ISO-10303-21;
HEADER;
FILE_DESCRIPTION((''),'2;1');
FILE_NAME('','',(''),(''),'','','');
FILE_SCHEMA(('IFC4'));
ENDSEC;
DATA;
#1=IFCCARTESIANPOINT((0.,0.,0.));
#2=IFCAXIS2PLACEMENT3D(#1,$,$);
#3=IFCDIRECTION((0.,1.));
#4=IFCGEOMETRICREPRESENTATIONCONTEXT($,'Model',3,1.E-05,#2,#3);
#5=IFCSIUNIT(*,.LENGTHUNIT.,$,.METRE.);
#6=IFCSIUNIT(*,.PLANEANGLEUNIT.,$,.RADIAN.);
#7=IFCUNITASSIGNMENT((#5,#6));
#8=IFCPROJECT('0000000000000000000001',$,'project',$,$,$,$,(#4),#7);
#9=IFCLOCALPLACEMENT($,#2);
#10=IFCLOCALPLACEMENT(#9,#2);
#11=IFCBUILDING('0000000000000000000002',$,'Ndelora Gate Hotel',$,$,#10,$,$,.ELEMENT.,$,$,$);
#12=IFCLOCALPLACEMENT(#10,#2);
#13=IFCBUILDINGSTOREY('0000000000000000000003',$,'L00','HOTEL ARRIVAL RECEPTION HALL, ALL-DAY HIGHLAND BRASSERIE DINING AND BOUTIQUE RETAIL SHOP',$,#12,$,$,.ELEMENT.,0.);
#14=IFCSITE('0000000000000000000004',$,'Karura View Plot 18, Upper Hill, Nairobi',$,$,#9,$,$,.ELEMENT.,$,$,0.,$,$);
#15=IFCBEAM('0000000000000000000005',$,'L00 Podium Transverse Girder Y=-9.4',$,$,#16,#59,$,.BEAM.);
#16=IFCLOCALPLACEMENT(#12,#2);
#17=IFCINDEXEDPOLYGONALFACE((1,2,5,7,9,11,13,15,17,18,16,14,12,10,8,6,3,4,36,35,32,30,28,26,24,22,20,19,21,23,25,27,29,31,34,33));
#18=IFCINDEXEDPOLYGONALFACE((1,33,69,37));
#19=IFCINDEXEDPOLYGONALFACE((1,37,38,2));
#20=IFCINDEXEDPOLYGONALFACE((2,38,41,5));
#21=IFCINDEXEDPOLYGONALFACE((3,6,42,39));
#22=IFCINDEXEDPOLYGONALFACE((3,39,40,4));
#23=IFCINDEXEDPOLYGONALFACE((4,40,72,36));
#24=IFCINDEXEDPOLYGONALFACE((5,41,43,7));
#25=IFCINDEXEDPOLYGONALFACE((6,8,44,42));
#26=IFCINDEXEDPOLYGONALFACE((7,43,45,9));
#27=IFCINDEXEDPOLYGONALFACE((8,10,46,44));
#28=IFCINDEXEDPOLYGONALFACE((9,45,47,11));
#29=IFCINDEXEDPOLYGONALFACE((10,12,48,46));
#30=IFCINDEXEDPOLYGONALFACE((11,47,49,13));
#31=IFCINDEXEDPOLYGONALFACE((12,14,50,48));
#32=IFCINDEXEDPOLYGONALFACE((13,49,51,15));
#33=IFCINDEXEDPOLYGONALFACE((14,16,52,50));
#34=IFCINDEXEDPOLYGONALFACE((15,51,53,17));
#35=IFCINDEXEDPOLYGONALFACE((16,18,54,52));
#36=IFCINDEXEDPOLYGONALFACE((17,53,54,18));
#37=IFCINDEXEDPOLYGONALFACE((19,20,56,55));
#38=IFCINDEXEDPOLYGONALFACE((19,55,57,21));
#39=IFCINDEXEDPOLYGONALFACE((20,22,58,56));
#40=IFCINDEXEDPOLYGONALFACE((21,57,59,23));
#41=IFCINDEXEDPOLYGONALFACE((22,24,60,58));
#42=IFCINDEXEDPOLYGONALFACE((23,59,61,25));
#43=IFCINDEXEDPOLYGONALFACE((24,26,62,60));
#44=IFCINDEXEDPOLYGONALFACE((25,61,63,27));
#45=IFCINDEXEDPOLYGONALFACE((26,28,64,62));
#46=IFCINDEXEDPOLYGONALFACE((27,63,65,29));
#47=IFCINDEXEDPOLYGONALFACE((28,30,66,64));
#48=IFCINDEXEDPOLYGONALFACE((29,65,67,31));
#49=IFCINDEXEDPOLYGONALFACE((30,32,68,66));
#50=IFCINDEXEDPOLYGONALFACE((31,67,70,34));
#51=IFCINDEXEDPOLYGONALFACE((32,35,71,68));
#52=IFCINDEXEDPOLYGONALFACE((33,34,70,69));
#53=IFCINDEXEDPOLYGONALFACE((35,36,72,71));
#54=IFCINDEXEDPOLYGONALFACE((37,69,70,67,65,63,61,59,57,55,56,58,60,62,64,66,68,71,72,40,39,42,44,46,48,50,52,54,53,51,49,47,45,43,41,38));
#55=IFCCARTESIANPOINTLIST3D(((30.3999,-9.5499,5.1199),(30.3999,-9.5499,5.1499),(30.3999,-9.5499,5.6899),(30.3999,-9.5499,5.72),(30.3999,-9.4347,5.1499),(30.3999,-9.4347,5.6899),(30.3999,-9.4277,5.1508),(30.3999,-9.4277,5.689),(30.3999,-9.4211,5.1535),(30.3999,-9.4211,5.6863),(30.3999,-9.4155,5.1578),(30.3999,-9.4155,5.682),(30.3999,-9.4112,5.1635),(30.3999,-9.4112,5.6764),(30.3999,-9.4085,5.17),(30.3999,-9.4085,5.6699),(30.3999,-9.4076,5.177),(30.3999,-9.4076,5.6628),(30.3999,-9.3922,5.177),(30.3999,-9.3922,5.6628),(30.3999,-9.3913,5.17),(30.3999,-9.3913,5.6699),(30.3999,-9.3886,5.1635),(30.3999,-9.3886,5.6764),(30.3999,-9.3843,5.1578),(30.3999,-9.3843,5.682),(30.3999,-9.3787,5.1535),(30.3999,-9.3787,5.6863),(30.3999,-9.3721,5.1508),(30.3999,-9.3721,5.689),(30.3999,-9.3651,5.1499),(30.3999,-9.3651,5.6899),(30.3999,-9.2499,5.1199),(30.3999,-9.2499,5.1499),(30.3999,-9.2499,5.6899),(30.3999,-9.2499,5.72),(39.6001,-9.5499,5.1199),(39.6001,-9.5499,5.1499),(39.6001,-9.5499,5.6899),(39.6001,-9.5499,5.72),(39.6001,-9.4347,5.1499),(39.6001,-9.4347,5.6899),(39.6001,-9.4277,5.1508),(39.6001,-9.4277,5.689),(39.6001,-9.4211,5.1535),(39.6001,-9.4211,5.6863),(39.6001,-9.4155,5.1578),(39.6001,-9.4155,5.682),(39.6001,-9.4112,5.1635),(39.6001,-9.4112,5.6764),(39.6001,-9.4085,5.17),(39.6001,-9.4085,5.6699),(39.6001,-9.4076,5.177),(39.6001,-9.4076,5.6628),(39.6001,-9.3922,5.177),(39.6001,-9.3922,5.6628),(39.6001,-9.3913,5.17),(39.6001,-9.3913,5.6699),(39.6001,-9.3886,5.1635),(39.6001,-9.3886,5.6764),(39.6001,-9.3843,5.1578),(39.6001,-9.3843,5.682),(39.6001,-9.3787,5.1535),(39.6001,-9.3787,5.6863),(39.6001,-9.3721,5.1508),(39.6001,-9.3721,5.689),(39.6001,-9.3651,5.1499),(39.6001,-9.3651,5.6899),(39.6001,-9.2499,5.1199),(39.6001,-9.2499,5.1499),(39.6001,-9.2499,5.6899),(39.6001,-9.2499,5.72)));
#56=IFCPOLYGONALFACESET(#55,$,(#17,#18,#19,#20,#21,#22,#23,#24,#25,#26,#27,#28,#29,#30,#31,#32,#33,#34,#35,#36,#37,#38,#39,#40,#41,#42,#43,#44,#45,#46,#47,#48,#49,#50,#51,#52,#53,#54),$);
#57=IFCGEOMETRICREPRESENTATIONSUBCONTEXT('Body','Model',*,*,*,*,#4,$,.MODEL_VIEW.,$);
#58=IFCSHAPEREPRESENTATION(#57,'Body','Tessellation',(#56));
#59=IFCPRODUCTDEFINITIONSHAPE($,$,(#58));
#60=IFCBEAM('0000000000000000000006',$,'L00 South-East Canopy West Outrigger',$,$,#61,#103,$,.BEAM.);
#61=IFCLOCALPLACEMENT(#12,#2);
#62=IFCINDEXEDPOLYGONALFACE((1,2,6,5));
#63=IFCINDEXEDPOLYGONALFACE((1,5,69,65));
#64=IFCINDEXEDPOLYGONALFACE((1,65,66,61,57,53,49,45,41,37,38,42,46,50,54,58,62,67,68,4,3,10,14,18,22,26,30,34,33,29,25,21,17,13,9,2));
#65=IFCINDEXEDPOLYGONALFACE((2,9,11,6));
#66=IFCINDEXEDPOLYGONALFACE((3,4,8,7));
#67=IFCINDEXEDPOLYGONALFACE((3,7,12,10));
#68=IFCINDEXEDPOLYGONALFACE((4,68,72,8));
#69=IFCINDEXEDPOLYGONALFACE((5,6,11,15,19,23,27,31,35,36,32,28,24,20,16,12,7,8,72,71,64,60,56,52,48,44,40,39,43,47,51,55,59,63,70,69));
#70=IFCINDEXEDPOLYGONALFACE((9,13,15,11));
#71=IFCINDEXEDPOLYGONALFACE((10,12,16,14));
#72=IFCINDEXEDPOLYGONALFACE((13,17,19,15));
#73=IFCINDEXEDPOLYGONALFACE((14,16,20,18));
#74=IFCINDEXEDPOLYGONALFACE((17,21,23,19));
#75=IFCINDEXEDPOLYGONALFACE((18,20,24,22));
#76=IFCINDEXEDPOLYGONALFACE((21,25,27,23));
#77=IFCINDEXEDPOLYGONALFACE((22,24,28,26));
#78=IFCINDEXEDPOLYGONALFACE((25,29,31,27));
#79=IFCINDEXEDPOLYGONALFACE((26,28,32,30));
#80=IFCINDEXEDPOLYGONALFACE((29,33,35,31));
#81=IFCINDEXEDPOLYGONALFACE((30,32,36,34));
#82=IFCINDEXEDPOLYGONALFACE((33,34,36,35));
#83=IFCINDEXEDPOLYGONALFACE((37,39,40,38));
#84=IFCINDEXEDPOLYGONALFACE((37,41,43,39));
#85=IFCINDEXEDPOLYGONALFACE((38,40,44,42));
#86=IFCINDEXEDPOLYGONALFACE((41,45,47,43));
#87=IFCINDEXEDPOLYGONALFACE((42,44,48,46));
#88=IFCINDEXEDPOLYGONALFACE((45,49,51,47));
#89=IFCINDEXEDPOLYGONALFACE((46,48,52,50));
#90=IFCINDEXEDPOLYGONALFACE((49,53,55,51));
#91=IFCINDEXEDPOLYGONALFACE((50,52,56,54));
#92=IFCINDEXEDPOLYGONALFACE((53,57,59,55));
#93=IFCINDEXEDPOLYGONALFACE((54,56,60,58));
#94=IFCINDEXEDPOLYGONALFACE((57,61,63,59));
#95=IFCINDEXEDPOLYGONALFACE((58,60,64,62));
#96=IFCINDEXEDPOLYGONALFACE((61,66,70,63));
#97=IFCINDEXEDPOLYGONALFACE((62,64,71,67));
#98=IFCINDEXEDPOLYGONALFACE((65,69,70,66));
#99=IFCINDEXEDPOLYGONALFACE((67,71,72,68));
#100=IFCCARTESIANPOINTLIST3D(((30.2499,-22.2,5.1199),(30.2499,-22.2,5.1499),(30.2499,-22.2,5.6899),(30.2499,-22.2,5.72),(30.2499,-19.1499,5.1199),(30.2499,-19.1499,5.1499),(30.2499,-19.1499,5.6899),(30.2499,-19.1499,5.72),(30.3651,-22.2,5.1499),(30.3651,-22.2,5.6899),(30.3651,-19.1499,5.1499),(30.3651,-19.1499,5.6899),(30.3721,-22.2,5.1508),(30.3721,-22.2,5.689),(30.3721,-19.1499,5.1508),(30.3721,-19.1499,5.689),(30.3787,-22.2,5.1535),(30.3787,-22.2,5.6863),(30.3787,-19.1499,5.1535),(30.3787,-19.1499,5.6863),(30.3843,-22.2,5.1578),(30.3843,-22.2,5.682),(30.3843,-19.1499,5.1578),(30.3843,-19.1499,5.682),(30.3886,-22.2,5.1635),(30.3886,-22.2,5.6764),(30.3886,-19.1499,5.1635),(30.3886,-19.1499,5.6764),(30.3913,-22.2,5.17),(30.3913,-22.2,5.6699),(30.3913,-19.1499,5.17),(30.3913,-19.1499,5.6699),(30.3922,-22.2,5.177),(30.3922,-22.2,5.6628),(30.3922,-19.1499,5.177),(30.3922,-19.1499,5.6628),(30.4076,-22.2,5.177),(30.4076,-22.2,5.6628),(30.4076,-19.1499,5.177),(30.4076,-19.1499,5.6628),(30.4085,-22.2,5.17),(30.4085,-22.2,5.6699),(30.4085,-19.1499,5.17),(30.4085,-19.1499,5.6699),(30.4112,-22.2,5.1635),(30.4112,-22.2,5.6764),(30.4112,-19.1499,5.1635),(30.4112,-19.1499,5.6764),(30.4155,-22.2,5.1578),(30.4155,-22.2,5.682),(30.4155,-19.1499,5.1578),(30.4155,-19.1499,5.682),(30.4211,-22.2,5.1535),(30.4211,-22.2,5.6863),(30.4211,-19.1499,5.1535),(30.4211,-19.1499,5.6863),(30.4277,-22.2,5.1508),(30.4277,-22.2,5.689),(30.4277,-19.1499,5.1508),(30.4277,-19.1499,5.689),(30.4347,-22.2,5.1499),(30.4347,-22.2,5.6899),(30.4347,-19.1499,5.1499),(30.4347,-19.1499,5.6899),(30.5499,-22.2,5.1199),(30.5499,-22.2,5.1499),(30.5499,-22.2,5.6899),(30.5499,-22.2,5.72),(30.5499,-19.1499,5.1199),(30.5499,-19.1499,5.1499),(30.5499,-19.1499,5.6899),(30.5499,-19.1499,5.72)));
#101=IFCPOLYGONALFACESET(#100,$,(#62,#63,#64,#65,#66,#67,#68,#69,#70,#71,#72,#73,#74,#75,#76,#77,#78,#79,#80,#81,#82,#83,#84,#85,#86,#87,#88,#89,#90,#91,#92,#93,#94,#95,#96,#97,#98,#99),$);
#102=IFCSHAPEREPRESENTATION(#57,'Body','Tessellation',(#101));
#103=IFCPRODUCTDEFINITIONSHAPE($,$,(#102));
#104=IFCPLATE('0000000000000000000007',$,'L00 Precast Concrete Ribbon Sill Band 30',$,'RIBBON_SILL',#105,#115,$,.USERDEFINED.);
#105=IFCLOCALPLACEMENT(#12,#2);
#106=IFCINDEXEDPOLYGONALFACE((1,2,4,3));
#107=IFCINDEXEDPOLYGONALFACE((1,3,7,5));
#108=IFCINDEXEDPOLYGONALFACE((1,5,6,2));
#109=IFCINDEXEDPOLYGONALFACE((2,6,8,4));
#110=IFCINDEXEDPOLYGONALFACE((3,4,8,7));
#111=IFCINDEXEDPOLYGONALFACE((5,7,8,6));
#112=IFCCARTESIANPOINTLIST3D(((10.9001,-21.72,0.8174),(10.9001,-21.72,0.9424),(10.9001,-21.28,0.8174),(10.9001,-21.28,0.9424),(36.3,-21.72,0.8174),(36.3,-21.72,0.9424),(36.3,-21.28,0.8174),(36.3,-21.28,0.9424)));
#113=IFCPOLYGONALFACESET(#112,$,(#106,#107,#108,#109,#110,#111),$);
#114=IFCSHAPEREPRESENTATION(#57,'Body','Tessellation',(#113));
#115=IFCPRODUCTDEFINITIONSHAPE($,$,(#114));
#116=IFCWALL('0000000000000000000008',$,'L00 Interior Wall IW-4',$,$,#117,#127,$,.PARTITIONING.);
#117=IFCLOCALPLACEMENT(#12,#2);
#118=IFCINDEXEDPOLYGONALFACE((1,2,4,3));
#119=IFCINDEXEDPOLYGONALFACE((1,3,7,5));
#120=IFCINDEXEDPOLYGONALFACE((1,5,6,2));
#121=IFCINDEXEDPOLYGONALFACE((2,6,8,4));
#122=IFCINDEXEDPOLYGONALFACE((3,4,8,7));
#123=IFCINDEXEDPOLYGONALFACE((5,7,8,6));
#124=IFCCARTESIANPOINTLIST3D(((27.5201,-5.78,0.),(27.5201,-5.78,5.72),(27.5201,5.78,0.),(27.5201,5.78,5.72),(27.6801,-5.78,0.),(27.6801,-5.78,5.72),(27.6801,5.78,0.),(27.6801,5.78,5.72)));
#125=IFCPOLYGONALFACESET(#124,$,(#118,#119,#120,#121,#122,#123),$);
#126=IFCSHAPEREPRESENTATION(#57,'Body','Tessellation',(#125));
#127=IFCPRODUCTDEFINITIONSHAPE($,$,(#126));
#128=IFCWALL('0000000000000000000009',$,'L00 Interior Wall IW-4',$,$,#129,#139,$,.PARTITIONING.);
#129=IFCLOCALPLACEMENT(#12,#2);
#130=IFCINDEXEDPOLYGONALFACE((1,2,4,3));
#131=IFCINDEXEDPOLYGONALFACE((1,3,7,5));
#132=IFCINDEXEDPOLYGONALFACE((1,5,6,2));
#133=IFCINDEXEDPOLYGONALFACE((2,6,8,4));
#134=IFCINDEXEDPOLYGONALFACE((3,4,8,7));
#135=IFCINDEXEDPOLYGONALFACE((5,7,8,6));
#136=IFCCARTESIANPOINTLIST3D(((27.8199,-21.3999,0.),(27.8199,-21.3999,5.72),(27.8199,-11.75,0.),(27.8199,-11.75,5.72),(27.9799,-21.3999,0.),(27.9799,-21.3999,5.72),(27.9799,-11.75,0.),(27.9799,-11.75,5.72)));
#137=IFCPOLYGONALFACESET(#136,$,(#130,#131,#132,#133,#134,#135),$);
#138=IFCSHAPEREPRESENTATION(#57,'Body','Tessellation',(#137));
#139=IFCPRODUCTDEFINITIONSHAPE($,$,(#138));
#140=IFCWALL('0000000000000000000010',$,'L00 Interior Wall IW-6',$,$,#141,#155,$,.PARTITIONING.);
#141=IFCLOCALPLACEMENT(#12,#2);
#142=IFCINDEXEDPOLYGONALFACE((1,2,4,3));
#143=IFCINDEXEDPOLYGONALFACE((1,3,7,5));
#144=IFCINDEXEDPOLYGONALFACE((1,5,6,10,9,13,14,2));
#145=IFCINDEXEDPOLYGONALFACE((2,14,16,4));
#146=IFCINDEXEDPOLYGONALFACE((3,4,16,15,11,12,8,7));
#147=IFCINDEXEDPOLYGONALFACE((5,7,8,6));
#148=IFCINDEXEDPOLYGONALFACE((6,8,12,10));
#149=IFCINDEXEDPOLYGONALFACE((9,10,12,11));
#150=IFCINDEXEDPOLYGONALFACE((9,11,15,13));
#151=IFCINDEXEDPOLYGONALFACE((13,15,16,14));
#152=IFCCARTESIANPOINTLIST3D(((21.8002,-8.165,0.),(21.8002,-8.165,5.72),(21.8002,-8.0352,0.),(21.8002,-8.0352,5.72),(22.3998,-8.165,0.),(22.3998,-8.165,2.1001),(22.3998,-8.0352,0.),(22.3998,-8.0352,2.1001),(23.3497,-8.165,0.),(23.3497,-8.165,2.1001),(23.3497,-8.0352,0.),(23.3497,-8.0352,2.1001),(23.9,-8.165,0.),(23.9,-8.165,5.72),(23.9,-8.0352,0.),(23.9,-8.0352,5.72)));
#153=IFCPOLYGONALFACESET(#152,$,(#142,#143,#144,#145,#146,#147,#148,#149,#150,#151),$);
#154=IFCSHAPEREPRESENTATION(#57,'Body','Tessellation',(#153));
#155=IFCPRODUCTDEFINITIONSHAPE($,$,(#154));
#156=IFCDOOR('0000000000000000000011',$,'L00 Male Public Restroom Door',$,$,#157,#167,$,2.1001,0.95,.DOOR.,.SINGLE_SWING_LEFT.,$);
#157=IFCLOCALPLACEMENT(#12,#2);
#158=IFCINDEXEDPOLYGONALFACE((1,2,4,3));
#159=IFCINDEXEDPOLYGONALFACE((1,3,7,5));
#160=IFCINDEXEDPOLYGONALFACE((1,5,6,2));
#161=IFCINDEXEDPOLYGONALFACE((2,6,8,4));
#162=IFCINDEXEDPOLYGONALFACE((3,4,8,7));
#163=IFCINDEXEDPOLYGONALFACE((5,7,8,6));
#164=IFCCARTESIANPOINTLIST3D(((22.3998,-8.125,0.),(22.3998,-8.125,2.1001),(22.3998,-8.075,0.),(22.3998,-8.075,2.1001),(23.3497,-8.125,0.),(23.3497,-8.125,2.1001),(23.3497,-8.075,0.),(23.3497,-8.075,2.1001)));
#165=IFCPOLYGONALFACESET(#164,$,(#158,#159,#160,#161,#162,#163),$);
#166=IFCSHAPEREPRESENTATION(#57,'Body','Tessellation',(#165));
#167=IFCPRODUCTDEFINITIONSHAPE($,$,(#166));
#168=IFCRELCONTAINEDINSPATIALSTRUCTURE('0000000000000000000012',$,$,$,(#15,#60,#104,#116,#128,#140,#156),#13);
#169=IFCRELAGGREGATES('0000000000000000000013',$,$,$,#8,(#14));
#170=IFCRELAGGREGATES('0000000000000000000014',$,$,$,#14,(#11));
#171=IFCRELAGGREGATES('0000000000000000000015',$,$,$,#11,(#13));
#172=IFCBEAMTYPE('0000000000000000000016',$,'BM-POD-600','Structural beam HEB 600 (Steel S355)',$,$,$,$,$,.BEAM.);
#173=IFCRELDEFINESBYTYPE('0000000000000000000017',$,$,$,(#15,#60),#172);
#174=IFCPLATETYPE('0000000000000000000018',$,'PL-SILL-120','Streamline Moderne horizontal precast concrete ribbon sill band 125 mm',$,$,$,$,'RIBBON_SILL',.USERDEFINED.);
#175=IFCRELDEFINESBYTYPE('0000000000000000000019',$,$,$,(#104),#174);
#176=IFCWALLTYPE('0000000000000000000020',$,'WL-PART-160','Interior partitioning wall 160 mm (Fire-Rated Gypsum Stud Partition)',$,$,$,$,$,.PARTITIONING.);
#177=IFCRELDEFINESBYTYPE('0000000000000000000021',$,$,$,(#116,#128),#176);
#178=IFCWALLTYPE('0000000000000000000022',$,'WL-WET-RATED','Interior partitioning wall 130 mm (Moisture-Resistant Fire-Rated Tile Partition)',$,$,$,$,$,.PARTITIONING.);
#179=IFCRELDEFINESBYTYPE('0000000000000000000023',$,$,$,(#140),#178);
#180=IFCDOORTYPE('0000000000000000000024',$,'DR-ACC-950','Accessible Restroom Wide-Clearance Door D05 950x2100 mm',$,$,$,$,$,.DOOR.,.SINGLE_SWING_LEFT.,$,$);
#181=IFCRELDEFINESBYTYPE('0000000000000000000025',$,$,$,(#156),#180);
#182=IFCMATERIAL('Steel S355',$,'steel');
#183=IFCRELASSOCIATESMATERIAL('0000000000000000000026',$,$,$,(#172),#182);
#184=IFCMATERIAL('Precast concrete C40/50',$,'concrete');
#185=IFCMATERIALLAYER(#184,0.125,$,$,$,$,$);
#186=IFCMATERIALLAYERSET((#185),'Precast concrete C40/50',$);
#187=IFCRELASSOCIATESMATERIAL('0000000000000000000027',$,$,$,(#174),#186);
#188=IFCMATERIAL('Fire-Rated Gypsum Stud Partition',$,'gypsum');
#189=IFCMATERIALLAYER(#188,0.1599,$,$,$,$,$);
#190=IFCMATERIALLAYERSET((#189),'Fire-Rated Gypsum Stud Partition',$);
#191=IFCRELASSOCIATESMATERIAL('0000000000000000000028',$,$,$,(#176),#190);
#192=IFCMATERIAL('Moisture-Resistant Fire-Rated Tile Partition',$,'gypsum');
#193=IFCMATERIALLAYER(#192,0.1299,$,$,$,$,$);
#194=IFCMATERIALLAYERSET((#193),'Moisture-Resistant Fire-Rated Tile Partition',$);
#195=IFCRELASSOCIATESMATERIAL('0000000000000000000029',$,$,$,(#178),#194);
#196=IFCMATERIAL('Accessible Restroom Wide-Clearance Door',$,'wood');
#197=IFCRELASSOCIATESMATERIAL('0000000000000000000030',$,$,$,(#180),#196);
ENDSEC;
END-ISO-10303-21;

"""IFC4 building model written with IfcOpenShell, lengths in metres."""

from ifc_helpers import new_model, si_unit, direction, frame, frame_2d, origin, origin_2d, place, context, subcontext, project, spatial, rectangle, i_section, extrude, material, layer, layer_set, material_profile, profile_set, type_object, element, fill, save


model = new_model("IFC4")

# Units and contexts
model_context = context("Model", 3, precision=1e-05, world=origin(), true_north=direction((0.0, 1.0)))
body_context = subcontext(model_context, "Body", "Model", "MODEL_VIEW")
ifc_project = project(units=[si_unit("LENGTHUNIT", "METRE"), si_unit("PLANEANGLEUNIT", "RADIAN")], contexts=[model_context])

# Site, building, storey
site_placement = place(None, origin())
site = spatial("IfcSite", under=ifc_project, at=site_placement, Name="Karura View Plot 18, Upper Hill, Nairobi", CompositionType="ELEMENT", RefElevation=0.0)
building_placement = place(site_placement, origin())
building = spatial("IfcBuilding", under=site, at=building_placement, Name="Ndelora Gate Hotel", CompositionType="ELEMENT")
storey_placement = place(building_placement, origin())
storey = spatial("IfcBuildingStorey", under=building, at=storey_placement, Name="L00", Description="HOTEL ARRIVAL RECEPTION HALL, ALL-DAY HIGHLAND BRASSERIE DINING AND BOUTIQUE RETAIL SHOP", CompositionType="ELEMENT", Elevation=0.0)

# Beams
ifc_material_1 = material(Name="Steel S355", Category="steel")
ifc_material_profile_1 = material_profile(ifc_material_1, i_section(OverallWidth=0.3, OverallDepth=0.6001, WebThickness=0.0154, FlangeThickness=0.03, FilletRadius=0.0271, at=origin_2d()), Name="HEB 600")
ifc_profile_set_1 = profile_set([ifc_material_profile_1], Name="Steel S355")
beam_type = type_object("IfcBeamType", Name="BM-POD-600", Description="Structural beam HEB 600 (Steel S355)", PredefinedType="BEAM", material=ifc_profile_set_1)
for number, where, z_axis, x_axis, name in (
    (1, (30.3999, -9.3999, 5.4199), (1.0, 0.0, 0.0), (0.0, 1.0, 0.0), "L00 Podium Transverse Girder Y=-9.4"),
):
    element("IfcBeam", number, at=place(storey_placement, frame(where, z_axis=z_axis, x_axis=x_axis)), inside=storey, type_object=beam_type, Name=name, PredefinedType="BEAM", context=body_context, shape_type="SweptSolid", body=[
        extrude(i_section(OverallWidth=0.3, OverallDepth=0.6001, WebThickness=0.0154, FlangeThickness=0.03, FilletRadius=0.0271, at=origin_2d()), origin(), (0.0, 0.0, 1.0), 9.2002),
    ])
beam_1_placement = place(storey_placement, frame((30.3999, -19.1499, 5.4199), z_axis=(0.0, -1.0, 0.0), x_axis=(1.0, 0.0, 0.0)))
element("IfcBeam", 2, at=beam_1_placement, inside=storey, type_object=beam_type, Name="L00 South-East Canopy West Outrigger", PredefinedType="BEAM", context=body_context, shape_type="SweptSolid", body=[
    extrude(i_section(OverallWidth=0.3, OverallDepth=0.6001, WebThickness=0.0154, FlangeThickness=0.03, FilletRadius=0.0271, at=origin_2d()), origin(), (0.0, 0.0, 1.0), 3.05),
])

# Plate
ifc_material_2 = material(Name="Precast concrete C40/50", Category="concrete")
ifc_layer_1 = layer(ifc_material_2, 0.125)
ifc_layer_set_1 = layer_set([ifc_layer_1], Name="Precast concrete C40/50")
plate_type = type_object("IfcPlateType", Name="PL-SILL-120", Description="Streamline Moderne horizontal precast concrete ribbon sill band 125 mm", ElementType="RIBBON_SILL", PredefinedType="USERDEFINED", material=ifc_layer_set_1)
plate_placement = place(storey_placement, frame((23.6001, -21.5, 0.8174), z_axis=(0.0, 0.0, 1.0), x_axis=(1.0, 0.0, 0.0)))
element("IfcPlate", 3, at=plate_placement, inside=storey, type_object=plate_type, Name="L00 Precast Concrete Ribbon Sill Band 30", ObjectType="RIBBON_SILL", PredefinedType="USERDEFINED", context=body_context, shape_type="SweptSolid", body=[
    extrude(rectangle(XDim=25.3999, YDim=0.4399, at=origin_2d()), origin(), (0.0, 0.0, 1.0), 0.125),
])

# Walls
ifc_material_3 = material(Name="Fire-Rated Gypsum Stud Partition", Category="gypsum")
ifc_layer_2 = layer(ifc_material_3, 0.1599)
ifc_layer_set_2 = layer_set([ifc_layer_2], Name="Fire-Rated Gypsum Stud Partition")
wall_type_1 = type_object("IfcWallType", Name="WL-PART-160", Description="Interior partitioning wall 160 mm (Fire-Rated Gypsum Stud Partition)", PredefinedType="PARTITIONING", material=ifc_layer_set_2)
wall_1_placement = place(storey_placement, frame((27.6001, -5.78, 0.0), z_axis=(0.0, 0.0, 1.0), x_axis=(0.0, 1.0, 0.0)))
element("IfcWall", 4, at=wall_1_placement, inside=storey, type_object=wall_type_1, Name="L00 Interior Wall IW-4", PredefinedType="PARTITIONING", context=body_context, shape_type="SweptSolid", body=[
    extrude(rectangle(XDim=11.5601, YDim=0.1599, at=frame_2d((5.78, 0.0))), origin(), (0.0, 0.0, 1.0), 5.72),
])
wall_2_placement = place(storey_placement, frame((27.8999, -21.3999, 0.0), z_axis=(0.0, 0.0, 1.0), x_axis=(0.0, 1.0, 0.0)))
element("IfcWall", 5, at=wall_2_placement, inside=storey, type_object=wall_type_1, Name="L00 Interior Wall IW-4", PredefinedType="PARTITIONING", context=body_context, shape_type="SweptSolid", body=[
    extrude(rectangle(XDim=9.6499, YDim=0.1599, at=frame_2d((4.825, 0.0))), origin(), (0.0, 0.0, 1.0), 5.72),
])

# Wall, opening, door
ifc_material_4 = material(Name="Moisture-Resistant Fire-Rated Tile Partition", Category="gypsum")
ifc_layer_3 = layer(ifc_material_4, 0.1299)
ifc_layer_set_3 = layer_set([ifc_layer_3], Name="Moisture-Resistant Fire-Rated Tile Partition")
wall_type_2 = type_object("IfcWallType", Name="WL-WET-RATED", Description="Interior partitioning wall 130 mm (Moisture-Resistant Fire-Rated Tile Partition)", PredefinedType="PARTITIONING", material=ifc_layer_set_3)
wall_3_placement = place(storey_placement, frame((23.8999, -8.1001, 0.0), z_axis=(0.0, 0.0, 1.0), x_axis=(-1.0, 0.0, 0.0)))
wall_3 = element("IfcWall", 6, at=wall_3_placement, inside=storey, type_object=wall_type_2, Name="L00 Interior Wall IW-6", PredefinedType="PARTITIONING", context=body_context, shape_type="SweptSolid", body=[
    extrude(rectangle(XDim=2.0999, YDim=0.1299, at=frame_2d((1.0498, 0.0))), origin(), (0.0, 0.0, 1.0), 5.72),
])
opening_1_placement = place(wall_3_placement, frame((0.55, 0.0, 0.0)))
opening_1 = element("IfcOpeningElement", 7, at=opening_1_placement, cuts=wall_3, PredefinedType="OPENING", context=body_context, shape_type="SweptSolid", body=[
    extrude(rectangle(XDim=0.95, YDim=2.1001, at=frame_2d((0.4751, 1.05))), frame((0.0, 0.075, 0.0), z_axis=(0.0, -1.0, 0.0), x_axis=(1.0, 0.0, 0.0)), (0.0, 0.0, 1.0), 0.1499),
])
ifc_material_5 = material(Name="Accessible Restroom Wide-Clearance Door", Category="wood")
door_type = type_object("IfcDoorType", Name="DR-ACC-950", Description="Accessible Restroom Wide-Clearance Door D05 950x2100 mm", OperationType="SINGLE_SWING_LEFT", PredefinedType="DOOR", material=ifc_material_5)
door_1_placement = place(opening_1_placement, origin())
door_1 = element("IfcDoor", 8, at=door_1_placement, inside=storey, type_object=door_type, Name="L00 Male Public Restroom Door", OperationType="SINGLE_SWING_LEFT", OverallHeight=2.1001, OverallWidth=0.95, PredefinedType="DOOR", context=body_context, shape_type="SweptSolid", body=[
    extrude(rectangle(XDim=0.95, YDim=2.1001, at=frame_2d((0.4751, 1.05))), frame((0.0, 0.0249, 0.0), z_axis=(0.0, -1.0, 0.0), x_axis=(1.0, 0.0, 0.0)), (0.0, 0.0, 1.0), 0.05),
])
fill(opening_1, door_1)

save(model, "model.ifc")
